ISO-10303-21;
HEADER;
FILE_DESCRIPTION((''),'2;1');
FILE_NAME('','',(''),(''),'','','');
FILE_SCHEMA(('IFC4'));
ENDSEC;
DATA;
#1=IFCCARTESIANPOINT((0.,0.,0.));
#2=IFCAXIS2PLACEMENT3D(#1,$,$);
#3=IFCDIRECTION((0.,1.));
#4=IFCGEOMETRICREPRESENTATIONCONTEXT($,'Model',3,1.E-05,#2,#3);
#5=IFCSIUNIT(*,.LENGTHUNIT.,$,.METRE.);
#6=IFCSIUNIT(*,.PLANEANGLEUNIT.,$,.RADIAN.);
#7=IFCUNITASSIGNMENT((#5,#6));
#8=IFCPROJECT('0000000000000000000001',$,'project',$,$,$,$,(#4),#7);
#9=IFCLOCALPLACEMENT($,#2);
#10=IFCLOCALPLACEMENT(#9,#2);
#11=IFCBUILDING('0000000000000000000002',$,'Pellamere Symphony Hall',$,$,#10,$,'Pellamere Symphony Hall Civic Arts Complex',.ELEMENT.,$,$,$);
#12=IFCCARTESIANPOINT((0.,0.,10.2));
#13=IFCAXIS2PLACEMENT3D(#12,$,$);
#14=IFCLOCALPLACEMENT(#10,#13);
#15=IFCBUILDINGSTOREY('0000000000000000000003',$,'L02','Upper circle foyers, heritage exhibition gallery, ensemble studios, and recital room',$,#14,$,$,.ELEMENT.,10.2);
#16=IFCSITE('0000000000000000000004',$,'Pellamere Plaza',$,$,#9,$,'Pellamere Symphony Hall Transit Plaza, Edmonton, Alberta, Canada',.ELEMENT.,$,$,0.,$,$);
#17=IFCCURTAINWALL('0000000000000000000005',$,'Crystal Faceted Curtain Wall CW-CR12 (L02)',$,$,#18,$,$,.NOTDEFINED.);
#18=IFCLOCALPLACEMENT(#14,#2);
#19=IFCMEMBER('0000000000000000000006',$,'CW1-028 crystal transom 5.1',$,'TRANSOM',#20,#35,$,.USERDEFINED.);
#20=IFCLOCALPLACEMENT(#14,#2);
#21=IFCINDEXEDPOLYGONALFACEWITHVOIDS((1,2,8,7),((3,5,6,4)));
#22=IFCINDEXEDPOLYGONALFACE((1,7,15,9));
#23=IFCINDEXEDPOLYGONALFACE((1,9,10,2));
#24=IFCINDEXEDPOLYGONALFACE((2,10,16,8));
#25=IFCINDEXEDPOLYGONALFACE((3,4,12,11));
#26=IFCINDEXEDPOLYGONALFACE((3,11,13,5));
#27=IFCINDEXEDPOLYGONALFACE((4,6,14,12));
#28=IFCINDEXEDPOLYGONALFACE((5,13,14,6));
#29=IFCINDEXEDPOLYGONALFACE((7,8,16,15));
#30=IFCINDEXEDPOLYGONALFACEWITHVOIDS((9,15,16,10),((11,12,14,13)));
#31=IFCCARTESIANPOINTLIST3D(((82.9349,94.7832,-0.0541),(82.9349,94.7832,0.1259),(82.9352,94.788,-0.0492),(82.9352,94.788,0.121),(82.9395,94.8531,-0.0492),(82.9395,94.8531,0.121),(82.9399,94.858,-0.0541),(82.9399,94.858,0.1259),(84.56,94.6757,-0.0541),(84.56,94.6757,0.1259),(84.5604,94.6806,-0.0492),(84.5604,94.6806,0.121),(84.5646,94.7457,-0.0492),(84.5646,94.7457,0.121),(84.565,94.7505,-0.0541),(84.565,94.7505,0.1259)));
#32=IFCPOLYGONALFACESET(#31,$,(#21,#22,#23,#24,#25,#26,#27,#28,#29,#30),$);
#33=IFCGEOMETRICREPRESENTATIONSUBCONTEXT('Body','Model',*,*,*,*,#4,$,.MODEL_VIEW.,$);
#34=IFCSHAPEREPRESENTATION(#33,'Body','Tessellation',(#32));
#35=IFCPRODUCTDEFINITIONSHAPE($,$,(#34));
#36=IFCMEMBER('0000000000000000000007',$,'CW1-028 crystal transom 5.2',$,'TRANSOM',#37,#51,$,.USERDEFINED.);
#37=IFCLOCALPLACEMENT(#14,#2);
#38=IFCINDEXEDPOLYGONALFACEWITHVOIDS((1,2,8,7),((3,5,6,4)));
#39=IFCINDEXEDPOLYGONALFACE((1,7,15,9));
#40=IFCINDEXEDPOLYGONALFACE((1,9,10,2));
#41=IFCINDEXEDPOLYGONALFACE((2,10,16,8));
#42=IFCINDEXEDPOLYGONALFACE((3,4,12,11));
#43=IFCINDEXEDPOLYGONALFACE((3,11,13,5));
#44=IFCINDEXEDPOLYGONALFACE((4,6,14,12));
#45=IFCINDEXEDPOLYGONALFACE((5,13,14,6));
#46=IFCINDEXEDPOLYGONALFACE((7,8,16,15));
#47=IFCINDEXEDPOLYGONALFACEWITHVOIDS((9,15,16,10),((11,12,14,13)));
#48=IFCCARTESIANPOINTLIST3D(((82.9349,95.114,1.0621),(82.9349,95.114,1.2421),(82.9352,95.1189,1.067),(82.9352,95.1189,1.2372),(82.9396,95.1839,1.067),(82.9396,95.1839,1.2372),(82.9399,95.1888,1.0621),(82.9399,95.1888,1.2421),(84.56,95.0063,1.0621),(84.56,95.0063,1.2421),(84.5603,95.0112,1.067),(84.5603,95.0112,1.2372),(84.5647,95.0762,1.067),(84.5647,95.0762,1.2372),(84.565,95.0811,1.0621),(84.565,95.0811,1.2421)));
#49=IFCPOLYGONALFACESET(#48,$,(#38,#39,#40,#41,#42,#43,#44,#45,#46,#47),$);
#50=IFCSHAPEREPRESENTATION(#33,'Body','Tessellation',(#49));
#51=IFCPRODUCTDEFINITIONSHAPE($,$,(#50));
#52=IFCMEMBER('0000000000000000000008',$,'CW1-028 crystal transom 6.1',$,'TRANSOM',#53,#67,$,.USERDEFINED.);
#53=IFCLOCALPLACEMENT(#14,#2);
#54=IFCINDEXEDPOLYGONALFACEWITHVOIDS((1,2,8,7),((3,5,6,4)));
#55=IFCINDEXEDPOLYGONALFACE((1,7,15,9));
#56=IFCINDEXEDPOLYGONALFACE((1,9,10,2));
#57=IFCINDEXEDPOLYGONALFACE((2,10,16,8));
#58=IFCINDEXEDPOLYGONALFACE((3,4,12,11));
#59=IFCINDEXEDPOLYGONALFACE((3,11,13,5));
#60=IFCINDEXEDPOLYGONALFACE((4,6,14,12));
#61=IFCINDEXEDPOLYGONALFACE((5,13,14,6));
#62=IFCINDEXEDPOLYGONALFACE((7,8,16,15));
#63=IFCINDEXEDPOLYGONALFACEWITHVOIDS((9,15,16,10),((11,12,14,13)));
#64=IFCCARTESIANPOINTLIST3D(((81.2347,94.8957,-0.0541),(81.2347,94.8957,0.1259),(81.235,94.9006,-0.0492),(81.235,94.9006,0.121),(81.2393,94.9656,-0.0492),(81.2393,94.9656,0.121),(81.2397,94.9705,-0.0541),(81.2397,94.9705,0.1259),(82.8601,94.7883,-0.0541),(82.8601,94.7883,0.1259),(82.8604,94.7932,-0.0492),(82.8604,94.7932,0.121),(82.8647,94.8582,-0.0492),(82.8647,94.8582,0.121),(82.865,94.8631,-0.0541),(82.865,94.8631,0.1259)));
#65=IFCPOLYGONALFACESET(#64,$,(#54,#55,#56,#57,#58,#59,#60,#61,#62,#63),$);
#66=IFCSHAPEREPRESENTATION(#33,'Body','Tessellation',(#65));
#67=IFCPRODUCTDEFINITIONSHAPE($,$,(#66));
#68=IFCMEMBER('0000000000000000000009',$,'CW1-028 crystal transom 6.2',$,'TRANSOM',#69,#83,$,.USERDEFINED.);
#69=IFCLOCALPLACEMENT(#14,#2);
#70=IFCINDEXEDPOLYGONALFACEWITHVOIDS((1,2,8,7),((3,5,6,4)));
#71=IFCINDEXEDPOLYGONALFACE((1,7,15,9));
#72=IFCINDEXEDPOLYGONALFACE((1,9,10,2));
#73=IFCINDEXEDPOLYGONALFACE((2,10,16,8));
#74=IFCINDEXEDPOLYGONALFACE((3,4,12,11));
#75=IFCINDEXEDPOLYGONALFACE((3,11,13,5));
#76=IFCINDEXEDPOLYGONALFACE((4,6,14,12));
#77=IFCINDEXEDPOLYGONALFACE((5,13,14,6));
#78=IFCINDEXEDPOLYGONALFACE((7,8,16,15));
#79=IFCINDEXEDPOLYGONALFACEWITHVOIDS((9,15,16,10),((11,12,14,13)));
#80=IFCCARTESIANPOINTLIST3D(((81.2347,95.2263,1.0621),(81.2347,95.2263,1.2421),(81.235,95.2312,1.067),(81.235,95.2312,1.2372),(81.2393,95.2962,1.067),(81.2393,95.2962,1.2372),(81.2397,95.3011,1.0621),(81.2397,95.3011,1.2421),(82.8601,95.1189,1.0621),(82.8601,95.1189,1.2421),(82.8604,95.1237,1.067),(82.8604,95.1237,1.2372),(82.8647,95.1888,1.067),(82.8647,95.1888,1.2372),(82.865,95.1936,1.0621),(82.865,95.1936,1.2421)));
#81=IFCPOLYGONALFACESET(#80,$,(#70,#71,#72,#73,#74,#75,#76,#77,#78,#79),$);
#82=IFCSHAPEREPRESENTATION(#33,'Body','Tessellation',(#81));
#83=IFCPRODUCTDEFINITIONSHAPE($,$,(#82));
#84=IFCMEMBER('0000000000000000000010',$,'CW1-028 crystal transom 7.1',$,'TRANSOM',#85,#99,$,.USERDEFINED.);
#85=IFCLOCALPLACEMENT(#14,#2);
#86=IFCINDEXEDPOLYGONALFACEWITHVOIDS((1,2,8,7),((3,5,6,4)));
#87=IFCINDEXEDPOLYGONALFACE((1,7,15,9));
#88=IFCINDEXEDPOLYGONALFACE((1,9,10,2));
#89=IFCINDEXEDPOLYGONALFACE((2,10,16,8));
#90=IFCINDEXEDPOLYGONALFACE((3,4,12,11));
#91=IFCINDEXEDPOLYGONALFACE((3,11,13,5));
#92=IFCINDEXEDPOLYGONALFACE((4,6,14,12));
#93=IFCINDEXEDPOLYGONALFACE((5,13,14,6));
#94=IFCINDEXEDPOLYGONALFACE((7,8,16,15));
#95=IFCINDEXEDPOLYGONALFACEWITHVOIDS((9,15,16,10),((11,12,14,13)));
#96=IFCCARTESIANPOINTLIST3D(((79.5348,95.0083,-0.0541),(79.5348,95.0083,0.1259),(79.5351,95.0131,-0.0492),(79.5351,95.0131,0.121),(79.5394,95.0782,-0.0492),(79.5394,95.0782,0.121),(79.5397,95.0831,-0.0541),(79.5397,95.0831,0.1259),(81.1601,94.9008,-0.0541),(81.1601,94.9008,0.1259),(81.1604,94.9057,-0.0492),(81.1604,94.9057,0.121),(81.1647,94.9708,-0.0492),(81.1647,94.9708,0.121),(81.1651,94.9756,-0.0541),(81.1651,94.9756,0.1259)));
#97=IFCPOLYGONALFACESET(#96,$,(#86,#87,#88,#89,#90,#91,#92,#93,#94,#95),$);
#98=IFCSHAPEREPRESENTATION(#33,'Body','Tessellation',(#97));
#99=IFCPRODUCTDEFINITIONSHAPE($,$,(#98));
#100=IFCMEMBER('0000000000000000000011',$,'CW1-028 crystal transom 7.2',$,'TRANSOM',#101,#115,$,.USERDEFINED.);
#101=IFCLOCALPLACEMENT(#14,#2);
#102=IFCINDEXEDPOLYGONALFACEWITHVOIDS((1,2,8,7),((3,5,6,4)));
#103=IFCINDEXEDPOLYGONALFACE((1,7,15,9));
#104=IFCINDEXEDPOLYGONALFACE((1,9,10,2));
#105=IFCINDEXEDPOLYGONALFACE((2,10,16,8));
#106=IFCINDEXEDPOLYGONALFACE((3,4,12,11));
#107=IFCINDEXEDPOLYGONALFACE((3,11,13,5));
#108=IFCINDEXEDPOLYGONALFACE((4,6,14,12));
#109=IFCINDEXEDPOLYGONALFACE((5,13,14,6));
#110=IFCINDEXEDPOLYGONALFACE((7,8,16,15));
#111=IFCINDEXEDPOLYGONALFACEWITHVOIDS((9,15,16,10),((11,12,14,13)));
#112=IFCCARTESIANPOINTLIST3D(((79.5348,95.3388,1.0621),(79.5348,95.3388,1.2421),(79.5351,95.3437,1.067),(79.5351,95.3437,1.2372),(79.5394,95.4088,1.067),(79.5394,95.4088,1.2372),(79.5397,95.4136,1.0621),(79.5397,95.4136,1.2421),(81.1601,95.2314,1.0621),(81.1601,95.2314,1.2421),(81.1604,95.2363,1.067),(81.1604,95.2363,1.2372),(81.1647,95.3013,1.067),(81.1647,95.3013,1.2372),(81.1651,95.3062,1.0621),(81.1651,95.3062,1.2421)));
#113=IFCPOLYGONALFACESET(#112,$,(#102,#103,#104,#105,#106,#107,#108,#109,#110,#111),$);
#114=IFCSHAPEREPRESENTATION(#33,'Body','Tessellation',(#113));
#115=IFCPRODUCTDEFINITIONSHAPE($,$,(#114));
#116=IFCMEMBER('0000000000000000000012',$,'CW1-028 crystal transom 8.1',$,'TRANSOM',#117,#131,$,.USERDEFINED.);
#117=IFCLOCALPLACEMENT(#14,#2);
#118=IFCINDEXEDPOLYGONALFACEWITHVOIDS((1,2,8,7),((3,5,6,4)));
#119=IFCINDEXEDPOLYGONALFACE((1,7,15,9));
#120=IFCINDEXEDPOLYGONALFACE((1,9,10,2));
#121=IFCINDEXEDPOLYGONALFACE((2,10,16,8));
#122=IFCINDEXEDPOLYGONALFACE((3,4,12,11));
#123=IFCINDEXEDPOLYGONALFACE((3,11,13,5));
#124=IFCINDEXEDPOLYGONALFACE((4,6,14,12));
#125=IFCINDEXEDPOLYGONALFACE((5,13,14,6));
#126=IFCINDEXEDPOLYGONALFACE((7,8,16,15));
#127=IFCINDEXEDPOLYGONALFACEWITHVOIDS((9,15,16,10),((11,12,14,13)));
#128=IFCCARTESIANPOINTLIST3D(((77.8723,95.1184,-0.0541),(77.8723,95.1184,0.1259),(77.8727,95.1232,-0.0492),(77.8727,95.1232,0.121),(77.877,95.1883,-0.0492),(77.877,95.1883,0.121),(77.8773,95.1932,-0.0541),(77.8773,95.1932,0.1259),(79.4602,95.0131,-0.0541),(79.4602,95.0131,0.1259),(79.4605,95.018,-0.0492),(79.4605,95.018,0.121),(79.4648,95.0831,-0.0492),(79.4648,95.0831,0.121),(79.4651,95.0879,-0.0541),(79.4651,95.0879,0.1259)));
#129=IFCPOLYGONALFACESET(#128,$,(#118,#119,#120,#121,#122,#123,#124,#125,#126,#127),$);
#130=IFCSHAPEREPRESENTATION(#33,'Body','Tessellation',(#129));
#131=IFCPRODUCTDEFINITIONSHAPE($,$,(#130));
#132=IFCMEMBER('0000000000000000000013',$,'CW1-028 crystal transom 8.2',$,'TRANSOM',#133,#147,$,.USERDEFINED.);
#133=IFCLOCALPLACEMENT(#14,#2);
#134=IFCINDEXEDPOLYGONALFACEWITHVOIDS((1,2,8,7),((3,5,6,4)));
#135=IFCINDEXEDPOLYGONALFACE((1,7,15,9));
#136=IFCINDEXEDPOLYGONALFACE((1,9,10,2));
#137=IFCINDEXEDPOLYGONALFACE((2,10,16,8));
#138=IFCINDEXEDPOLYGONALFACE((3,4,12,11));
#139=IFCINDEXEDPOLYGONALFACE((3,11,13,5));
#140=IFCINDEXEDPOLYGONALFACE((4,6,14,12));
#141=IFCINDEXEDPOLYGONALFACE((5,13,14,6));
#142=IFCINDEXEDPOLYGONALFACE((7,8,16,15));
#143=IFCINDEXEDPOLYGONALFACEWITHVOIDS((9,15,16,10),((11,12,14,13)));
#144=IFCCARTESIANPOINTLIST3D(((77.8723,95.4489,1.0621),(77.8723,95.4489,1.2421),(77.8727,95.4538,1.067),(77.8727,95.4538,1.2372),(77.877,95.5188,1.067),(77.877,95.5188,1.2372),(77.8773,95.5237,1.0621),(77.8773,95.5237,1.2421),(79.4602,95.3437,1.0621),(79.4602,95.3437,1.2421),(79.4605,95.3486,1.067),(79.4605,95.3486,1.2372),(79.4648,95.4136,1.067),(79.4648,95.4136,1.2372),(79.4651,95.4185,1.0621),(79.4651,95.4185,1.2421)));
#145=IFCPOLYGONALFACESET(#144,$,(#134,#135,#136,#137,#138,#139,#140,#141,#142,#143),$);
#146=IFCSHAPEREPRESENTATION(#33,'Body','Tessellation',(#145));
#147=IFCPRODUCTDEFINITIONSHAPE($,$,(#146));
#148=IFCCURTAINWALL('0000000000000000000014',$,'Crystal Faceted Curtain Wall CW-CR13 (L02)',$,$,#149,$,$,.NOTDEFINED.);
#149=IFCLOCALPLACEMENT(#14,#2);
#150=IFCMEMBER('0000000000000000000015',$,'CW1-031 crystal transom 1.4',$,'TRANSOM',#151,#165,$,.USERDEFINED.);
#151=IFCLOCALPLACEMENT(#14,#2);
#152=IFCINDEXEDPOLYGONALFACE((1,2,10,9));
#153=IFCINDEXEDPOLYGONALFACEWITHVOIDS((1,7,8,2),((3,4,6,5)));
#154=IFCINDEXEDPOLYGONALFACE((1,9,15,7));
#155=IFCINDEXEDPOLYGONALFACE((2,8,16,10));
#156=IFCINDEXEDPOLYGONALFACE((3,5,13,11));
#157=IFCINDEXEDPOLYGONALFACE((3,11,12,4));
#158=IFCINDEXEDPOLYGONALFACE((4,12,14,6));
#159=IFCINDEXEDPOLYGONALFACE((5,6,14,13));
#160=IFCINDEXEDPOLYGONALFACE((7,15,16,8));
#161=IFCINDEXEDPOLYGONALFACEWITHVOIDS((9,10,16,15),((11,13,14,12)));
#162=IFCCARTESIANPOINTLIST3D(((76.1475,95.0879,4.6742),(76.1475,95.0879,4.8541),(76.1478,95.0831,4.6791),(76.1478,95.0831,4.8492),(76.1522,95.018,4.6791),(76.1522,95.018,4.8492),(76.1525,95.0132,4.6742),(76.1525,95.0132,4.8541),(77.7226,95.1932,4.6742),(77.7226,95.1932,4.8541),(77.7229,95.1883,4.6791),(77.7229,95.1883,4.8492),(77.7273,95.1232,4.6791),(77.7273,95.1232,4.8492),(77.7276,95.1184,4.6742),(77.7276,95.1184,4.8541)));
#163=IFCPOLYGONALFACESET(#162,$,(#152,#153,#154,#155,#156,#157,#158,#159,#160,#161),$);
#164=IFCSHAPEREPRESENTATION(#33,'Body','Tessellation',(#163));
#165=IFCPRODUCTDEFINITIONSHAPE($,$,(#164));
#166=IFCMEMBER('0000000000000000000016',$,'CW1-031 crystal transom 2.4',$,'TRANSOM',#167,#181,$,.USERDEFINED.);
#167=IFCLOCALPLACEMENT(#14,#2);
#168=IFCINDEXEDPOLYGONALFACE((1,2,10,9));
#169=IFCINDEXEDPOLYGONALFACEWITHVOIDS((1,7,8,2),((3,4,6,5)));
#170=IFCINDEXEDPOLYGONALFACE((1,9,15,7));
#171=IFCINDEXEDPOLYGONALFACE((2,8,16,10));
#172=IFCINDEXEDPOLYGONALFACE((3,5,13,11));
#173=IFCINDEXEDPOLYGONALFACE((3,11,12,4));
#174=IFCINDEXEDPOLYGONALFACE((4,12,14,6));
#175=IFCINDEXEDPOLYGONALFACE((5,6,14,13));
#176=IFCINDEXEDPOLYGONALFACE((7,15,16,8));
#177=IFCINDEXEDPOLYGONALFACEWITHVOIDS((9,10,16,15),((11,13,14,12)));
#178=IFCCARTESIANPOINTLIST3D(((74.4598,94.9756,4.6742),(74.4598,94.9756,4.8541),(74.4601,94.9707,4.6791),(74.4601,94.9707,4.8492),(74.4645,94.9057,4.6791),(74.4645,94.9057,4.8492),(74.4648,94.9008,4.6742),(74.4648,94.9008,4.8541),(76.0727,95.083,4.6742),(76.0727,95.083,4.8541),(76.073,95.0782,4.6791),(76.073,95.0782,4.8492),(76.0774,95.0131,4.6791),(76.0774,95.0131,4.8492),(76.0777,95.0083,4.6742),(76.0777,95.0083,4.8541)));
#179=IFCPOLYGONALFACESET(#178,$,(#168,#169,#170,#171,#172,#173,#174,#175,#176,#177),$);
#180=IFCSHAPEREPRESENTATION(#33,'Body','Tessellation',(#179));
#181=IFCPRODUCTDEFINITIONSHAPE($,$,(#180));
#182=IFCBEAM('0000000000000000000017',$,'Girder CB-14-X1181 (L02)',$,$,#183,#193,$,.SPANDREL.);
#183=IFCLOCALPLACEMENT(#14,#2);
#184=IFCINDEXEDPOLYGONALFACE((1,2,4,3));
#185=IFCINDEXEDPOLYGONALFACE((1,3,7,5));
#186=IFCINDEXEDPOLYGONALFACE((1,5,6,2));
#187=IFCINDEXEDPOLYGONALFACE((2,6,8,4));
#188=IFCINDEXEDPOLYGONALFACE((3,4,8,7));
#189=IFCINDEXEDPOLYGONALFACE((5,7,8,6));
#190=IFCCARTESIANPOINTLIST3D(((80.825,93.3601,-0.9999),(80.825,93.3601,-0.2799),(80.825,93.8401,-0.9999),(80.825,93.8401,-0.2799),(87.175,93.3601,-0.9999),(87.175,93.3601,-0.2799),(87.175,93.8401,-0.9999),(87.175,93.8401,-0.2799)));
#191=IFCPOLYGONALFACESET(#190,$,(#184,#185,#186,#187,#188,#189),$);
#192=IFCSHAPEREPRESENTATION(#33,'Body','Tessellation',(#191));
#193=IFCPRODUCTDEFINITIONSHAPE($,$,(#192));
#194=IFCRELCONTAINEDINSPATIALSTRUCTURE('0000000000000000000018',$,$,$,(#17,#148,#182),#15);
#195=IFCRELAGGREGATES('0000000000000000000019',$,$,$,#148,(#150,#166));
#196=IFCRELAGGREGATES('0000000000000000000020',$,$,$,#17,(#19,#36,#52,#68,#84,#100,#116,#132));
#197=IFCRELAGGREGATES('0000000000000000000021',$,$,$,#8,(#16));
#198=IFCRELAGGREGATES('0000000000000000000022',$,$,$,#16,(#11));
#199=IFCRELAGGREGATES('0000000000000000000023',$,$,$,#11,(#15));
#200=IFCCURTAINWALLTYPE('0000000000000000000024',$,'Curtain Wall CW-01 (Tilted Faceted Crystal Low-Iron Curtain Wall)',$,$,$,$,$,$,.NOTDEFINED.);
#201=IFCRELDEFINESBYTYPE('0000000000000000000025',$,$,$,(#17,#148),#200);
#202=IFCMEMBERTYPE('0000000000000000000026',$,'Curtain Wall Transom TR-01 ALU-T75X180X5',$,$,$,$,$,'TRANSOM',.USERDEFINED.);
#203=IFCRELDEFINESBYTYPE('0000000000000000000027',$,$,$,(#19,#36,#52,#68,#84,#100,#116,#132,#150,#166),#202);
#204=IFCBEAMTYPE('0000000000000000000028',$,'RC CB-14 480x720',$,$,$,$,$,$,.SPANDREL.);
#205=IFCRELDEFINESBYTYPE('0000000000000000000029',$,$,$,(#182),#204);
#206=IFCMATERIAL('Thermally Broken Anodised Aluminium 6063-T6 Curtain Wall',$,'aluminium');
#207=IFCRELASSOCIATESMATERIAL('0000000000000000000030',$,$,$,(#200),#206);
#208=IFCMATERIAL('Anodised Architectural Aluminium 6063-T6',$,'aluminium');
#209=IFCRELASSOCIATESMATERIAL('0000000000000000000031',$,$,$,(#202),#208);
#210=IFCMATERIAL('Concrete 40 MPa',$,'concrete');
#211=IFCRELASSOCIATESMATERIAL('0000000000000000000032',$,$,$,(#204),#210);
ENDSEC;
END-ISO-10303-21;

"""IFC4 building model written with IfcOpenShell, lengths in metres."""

from ifc_helpers import new_model, si_unit, direction, frame, origin, origin_2d, place, context, subcontext, project, spatial, rectangle, hollow_rectangle, extrude, material, material_profile, profile_set, type_object, element, aggregate, save


model = new_model("IFC4")

# Units and contexts
model_context = context("Model", 3, precision=1e-05, world=origin(), true_north=direction((0.0, 1.0)))
body_context = subcontext(model_context, "Body", "Model", "MODEL_VIEW")
ifc_project = project(units=[si_unit("LENGTHUNIT", "METRE"), si_unit("PLANEANGLEUNIT", "RADIAN")], contexts=[model_context])

# Site, building, storey
site_placement = place(None, origin())
site = spatial("IfcSite", under=ifc_project, at=site_placement, Name="Pellamere Plaza", LongName="Pellamere Symphony Hall Transit Plaza, Edmonton, Alberta, Canada", CompositionType="ELEMENT", RefElevation=0.0)
building_placement = place(site_placement, origin())
building = spatial("IfcBuilding", under=site, at=building_placement, Name="Pellamere Symphony Hall", LongName="Pellamere Symphony Hall Civic Arts Complex", CompositionType="ELEMENT")
storey_placement = place(building_placement, frame((0.0, 0.0, 10.2)))
storey = spatial("IfcBuildingStorey", under=building, at=storey_placement, Name="L02", Description="Upper circle foyers, heritage exhibition gallery, ensemble studios, and recital room", CompositionType="ELEMENT", Elevation=10.2)

# Shared definitions
ifc_material_1 = material(Name="Concrete 40 MPa", Category="concrete")

# Curtain walls, members
ifc_material_2 = material(Name="Thermally Broken Anodised Aluminium 6063-T6 Curtain Wall", Category="aluminium")
curtain_wall_type = type_object("IfcCurtainWallType", Name="Curtain Wall CW-01 (Tilted Faceted Crystal Low-Iron Curtain Wall)", PredefinedType="NOTDEFINED", material=ifc_material_2)
curtain_wall_1_placement = place(storey_placement, origin())
curtain_wall_1 = element("IfcCurtainWall", 1, at=curtain_wall_1_placement, inside=storey, type_object=curtain_wall_type, Name="Crystal Faceted Curtain Wall CW-CR12 (L02)", PredefinedType="NOTDEFINED")
ifc_material_3 = material(Name="Anodised Architectural Aluminium 6063-T6", Category="aluminium")
ifc_material_profile_1 = material_profile(ifc_material_3, hollow_rectangle(XDim=0.075, YDim=0.1799, WallThickness=0.0049, at=origin_2d()), Name="ALU-T75X180X5")
ifc_profile_set_1 = profile_set([ifc_material_profile_1], Name="Anodised Architectural Aluminium 6063-T6")
member_type_1 = type_object("IfcMemberType", Name="Curtain Wall Transom TR-01 ALU-T75X180X5", ElementType="TRANSOM", PredefinedType="USERDEFINED", material=ifc_profile_set_1)
member_1_placement = place(storey_placement, frame((84.5625, 94.7131, 0.0359), z_axis=(-0.997822, 0.065962, 0.0), x_axis=(-0.065962, -0.997822, 0.0)))
member_1 = element("IfcMember", 2, at=member_1_placement, type_object=member_type_1, Name="CW1-028 crystal transom 5.1", ObjectType="TRANSOM", PredefinedType="USERDEFINED", context=body_context, shape_type="SweptSolid", body=[
    extrude(hollow_rectangle(XDim=0.075, YDim=0.1799, WallThickness=0.0049, at=origin_2d()), origin(), (0.0, 0.0, 1.0), 1.6287),
])
member_2_placement = place(storey_placement, frame((84.5625, 95.0437, 1.1521), z_axis=(-0.997812, 0.066111, 0.0), x_axis=(-0.066111, -0.997812, 0.0)))
member_2 = element("IfcMember", 3, at=member_2_placement, type_object=member_type_1, Name="CW1-028 crystal transom 5.2", ObjectType="TRANSOM", PredefinedType="USERDEFINED", context=body_context, shape_type="SweptSolid", body=[
    extrude(hollow_rectangle(XDim=0.075, YDim=0.1799, WallThickness=0.0049, at=origin_2d()), origin(), (0.0, 0.0, 1.0), 1.6287),
])
member_3_placement = place(storey_placement, frame((82.8625, 94.8257, 0.0359), z_axis=(-0.997823, 0.065952, 0.0), x_axis=(-0.065952, -0.997823, 0.0)))
member_3 = element("IfcMember", 4, at=member_3_placement, type_object=member_type_1, Name="CW1-028 crystal transom 6.1", ObjectType="TRANSOM", PredefinedType="USERDEFINED", context=body_context, shape_type="SweptSolid", body=[
    extrude(hollow_rectangle(XDim=0.075, YDim=0.1799, WallThickness=0.0049, at=origin_2d()), origin(), (0.0, 0.0, 1.0), 1.6289),
])
member_4_placement = place(storey_placement, frame((82.8625, 95.1562, 1.1521), z_axis=(-0.997823, 0.065952, 0.0), x_axis=(-0.065952, -0.997823, 0.0)))
member_4 = element("IfcMember", 5, at=member_4_placement, type_object=member_type_1, Name="CW1-028 crystal transom 6.2", ObjectType="TRANSOM", PredefinedType="USERDEFINED", context=body_context, shape_type="SweptSolid", body=[
    extrude(hollow_rectangle(XDim=0.075, YDim=0.1799, WallThickness=0.0049, at=origin_2d()), origin(), (0.0, 0.0, 1.0), 1.6289),
])
member_5_placement = place(storey_placement, frame((81.1626, 94.9382, 0.0359), z_axis=(-0.997823, 0.065952, 0.0), x_axis=(-0.065952, -0.997823, 0.0)))
member_5 = element("IfcMember", 6, at=member_5_placement, type_object=member_type_1, Name="CW1-028 crystal transom 7.1", ObjectType="TRANSOM", PredefinedType="USERDEFINED", context=body_context, shape_type="SweptSolid", body=[
    extrude(hollow_rectangle(XDim=0.075, YDim=0.1799, WallThickness=0.0049, at=origin_2d()), origin(), (0.0, 0.0, 1.0), 1.6289),
])
member_6_placement = place(storey_placement, frame((81.1626, 95.2688, 1.1521), z_axis=(-0.997823, 0.065952, 0.0), x_axis=(-0.065952, -0.997823, 0.0)))
member_6 = element("IfcMember", 7, at=member_6_placement, type_object=member_type_1, Name="CW1-028 crystal transom 7.2", ObjectType="TRANSOM", PredefinedType="USERDEFINED", context=body_context, shape_type="SweptSolid", body=[
    extrude(hollow_rectangle(XDim=0.075, YDim=0.1799, WallThickness=0.0049, at=origin_2d()), origin(), (0.0, 0.0, 1.0), 1.6289),
])
member_7_placement = place(storey_placement, frame((79.4626, 95.0505, 0.0359), z_axis=(-0.997812, 0.066122, 0.0), x_axis=(-0.066122, -0.997812, 0.0)))
member_7 = element("IfcMember", 8, at=member_7_placement, type_object=member_type_1, Name="CW1-028 crystal transom 8.1", ObjectType="TRANSOM", PredefinedType="USERDEFINED", context=body_context, shape_type="SweptSolid", body=[
    extrude(hollow_rectangle(XDim=0.075, YDim=0.1799, WallThickness=0.0049, at=origin_2d()), origin(), (0.0, 0.0, 1.0), 1.5913),
])
member_8_placement = place(storey_placement, frame((79.4626, 95.3811, 1.1521), z_axis=(-0.997812, 0.066122, 0.0), x_axis=(-0.066122, -0.997812, 0.0)))
member_8 = element("IfcMember", 9, at=member_8_placement, type_object=member_type_1, Name="CW1-028 crystal transom 8.2", ObjectType="TRANSOM", PredefinedType="USERDEFINED", context=body_context, shape_type="SweptSolid", body=[
    extrude(hollow_rectangle(XDim=0.075, YDim=0.1799, WallThickness=0.0049, at=origin_2d()), origin(), (0.0, 0.0, 1.0), 1.5913),
])
curtain_wall_2_placement = place(storey_placement, origin())
curtain_wall_2 = element("IfcCurtainWall", 10, at=curtain_wall_2_placement, inside=storey, type_object=curtain_wall_type, Name="Crystal Faceted Curtain Wall CW-CR13 (L02)", PredefinedType="NOTDEFINED")
member_9_placement = place(storey_placement, frame((77.7251, 95.1558, 4.7642), z_axis=(-0.997776, -0.066652, 0.0), x_axis=(0.066652, -0.997776, 0.0)))
member_9 = element("IfcMember", 11, at=member_9_placement, type_object=member_type_1, Name="CW1-031 crystal transom 1.4", ObjectType="TRANSOM", PredefinedType="USERDEFINED", context=body_context, shape_type="SweptSolid", body=[
    extrude(hollow_rectangle(XDim=0.075, YDim=0.1799, WallThickness=0.0049, at=origin_2d()), origin(), (0.0, 0.0, 1.0), 1.5786),
])
member_10_placement = place(storey_placement, frame((76.0752, 95.0457, 4.7642), z_axis=(-0.997789, -0.066459, 0.0), x_axis=(0.066459, -0.997789, 0.0)))
member_10 = element("IfcMember", 12, at=member_10_placement, type_object=member_type_1, Name="CW1-031 crystal transom 2.4", ObjectType="TRANSOM", PredefinedType="USERDEFINED", context=body_context, shape_type="SweptSolid", body=[
    extrude(hollow_rectangle(XDim=0.075, YDim=0.1799, WallThickness=0.0049, at=origin_2d()), origin(), (0.0, 0.0, 1.0), 1.6165),
])
aggregate(curtain_wall_2, [member_9, member_10])

# Beam
ifc_material_profile_2 = material_profile(ifc_material_1, rectangle(XDim=0.48, YDim=0.72, at=origin_2d()), Name="RC 480x720")
ifc_profile_set_2 = profile_set([ifc_material_profile_2], Name="Concrete 40 MPa")
beam_type_1 = type_object("IfcBeamType", Name="RC CB-14 480x720", PredefinedType="SPANDREL", material=ifc_profile_set_2)
beam_1_placement = place(storey_placement, frame((80.825, 93.6001, -0.6399), z_axis=(1.0, 0.0, 0.0), x_axis=(0.0, 1.0, 0.0)))
element("IfcBeam", 13, at=beam_1_placement, inside=storey, type_object=beam_type_1, Name="Girder CB-14-X1181 (L02)", PredefinedType="SPANDREL", context=body_context, shape_type="SweptSolid", body=[
    extrude(rectangle(XDim=0.48, YDim=0.72, at=origin_2d()), origin(), (0.0, 0.0, 1.0), 6.3501),
])

aggregate(curtain_wall_1, [member_1, member_2, member_3, member_4, member_5, member_6, member_7, member_8])

save(model, "model.ifc")
